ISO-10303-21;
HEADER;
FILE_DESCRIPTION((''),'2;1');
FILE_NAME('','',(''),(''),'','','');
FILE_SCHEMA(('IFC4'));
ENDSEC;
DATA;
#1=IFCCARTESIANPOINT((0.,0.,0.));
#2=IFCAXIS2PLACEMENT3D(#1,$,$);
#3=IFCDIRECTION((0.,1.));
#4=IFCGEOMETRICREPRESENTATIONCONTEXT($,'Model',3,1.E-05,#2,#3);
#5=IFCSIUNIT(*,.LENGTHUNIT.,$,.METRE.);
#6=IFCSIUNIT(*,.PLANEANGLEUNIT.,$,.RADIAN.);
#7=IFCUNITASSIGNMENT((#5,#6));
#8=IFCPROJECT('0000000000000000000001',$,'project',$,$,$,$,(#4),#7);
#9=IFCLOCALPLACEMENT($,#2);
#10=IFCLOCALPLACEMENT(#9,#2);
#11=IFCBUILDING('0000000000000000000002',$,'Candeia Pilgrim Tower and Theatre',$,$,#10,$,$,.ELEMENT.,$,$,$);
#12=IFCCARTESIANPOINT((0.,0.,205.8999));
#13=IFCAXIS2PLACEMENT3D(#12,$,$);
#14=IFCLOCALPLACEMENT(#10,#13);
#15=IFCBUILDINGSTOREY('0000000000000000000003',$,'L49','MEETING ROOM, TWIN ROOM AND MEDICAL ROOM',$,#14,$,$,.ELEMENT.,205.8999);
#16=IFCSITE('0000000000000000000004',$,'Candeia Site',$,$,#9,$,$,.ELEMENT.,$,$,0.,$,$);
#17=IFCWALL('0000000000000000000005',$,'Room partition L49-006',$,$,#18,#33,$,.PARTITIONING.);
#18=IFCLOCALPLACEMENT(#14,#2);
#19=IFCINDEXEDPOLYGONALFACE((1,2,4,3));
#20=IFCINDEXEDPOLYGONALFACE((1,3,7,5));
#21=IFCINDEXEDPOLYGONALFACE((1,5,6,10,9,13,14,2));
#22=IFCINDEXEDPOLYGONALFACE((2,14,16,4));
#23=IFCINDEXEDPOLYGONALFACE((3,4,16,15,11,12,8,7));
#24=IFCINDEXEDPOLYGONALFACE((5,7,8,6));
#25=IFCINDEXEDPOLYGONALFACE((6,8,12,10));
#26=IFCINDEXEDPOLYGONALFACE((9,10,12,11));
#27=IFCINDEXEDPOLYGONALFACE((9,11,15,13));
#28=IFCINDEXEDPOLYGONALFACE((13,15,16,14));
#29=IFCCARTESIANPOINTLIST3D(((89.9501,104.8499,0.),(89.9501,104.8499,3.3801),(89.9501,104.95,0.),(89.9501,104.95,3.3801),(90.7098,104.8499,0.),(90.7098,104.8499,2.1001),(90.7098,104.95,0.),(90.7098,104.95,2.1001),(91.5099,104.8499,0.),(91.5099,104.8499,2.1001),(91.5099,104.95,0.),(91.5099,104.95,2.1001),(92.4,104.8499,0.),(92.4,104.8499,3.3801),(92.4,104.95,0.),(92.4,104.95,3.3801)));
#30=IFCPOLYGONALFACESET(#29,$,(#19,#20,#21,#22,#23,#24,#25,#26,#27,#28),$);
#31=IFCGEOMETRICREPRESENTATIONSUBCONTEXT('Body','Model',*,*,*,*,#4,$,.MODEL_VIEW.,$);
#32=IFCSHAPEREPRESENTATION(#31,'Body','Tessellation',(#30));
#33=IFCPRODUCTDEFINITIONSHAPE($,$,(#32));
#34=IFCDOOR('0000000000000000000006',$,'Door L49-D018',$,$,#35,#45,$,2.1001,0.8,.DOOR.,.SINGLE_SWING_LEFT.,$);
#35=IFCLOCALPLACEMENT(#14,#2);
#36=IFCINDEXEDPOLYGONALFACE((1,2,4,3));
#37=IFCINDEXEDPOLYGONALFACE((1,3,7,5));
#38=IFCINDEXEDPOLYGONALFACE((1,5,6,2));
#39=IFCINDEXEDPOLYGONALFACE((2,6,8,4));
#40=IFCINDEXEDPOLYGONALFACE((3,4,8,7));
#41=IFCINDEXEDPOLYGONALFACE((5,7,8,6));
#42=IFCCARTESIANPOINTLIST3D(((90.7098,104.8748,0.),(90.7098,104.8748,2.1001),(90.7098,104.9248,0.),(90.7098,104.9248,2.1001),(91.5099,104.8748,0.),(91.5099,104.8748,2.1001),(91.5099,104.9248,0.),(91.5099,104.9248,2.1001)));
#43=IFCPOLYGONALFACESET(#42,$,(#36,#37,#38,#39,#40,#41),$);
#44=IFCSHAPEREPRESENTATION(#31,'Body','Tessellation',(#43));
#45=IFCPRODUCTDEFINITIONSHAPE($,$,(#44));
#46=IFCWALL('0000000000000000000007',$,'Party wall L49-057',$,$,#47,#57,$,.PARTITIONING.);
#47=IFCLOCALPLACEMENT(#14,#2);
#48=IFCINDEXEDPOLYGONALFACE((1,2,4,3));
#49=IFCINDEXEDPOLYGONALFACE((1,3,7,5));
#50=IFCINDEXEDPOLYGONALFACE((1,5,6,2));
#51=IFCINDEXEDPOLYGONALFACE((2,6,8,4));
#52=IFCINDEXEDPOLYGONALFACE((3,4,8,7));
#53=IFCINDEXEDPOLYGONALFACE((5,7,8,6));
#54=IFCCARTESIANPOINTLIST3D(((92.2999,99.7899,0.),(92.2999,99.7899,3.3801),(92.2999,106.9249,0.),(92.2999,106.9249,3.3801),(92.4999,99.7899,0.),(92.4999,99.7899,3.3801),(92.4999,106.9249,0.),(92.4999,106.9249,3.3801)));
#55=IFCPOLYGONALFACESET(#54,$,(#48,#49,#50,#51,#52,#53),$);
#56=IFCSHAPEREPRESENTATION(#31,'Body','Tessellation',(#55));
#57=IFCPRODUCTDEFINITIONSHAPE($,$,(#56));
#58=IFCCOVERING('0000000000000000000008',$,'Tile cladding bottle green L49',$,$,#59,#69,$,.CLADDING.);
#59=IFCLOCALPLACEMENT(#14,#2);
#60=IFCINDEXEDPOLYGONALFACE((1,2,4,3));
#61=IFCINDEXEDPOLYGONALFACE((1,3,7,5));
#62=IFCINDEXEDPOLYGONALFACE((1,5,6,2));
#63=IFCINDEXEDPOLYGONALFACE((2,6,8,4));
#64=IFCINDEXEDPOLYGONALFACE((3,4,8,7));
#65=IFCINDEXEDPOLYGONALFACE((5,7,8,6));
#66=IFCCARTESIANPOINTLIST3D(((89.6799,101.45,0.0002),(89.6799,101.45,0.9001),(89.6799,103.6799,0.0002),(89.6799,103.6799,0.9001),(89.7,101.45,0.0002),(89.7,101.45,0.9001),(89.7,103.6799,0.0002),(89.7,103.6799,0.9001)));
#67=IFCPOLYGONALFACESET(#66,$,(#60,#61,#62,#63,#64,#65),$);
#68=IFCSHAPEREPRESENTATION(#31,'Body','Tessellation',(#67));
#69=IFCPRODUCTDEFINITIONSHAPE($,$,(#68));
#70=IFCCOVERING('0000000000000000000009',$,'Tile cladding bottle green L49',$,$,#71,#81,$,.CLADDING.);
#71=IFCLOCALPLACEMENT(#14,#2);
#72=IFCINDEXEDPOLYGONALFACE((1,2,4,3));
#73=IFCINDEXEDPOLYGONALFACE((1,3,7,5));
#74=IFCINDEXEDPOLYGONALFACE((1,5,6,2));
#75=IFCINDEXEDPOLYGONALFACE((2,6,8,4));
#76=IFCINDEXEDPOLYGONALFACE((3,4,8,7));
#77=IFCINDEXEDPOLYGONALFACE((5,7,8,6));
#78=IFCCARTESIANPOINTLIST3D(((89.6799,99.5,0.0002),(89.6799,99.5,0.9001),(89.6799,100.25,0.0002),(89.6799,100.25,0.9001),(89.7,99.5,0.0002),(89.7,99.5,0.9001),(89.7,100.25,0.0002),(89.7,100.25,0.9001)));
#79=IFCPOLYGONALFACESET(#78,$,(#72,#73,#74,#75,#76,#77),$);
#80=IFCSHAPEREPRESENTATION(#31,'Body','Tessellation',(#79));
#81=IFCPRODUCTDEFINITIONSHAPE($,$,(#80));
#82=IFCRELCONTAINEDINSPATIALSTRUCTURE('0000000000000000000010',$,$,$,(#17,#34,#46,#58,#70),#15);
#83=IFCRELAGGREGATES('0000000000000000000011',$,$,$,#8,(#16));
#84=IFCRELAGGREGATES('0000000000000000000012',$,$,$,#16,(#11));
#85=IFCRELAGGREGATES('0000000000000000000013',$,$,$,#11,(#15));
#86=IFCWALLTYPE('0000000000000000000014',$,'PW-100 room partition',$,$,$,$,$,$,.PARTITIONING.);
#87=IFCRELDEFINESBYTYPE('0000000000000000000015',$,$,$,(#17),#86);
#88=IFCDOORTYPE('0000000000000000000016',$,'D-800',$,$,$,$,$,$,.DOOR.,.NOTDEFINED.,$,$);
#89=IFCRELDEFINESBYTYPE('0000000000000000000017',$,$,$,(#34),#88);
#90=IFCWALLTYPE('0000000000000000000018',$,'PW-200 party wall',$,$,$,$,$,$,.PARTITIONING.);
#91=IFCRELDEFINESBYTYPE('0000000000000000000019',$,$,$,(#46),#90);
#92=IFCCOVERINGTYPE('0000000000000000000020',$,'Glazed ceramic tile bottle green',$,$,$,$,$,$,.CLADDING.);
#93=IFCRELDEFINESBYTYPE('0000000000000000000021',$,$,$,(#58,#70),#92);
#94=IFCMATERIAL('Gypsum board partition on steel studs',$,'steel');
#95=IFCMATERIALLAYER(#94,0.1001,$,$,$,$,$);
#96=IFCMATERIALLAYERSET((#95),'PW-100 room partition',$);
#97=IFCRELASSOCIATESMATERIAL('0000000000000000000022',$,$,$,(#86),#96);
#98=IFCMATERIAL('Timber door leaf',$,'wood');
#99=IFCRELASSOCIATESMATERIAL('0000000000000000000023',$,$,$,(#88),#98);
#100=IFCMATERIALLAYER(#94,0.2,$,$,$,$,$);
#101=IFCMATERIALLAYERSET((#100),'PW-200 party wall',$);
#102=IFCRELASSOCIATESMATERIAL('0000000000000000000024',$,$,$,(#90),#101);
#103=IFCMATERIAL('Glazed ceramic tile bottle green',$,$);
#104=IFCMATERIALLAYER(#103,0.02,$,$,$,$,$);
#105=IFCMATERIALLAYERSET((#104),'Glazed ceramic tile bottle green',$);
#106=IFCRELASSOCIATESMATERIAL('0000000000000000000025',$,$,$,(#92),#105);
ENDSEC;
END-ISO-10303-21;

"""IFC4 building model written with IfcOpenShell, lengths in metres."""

from ifc_helpers import new_model, si_unit, direction, frame, frame_2d, origin, origin_2d, place, context, subcontext, project, spatial, rectangle, extrude, material, layer, layer_set, type_object, element, fill, save


model = new_model("IFC4")

# Units and contexts
model_context = context("Model", 3, precision=1e-05, world=origin(), true_north=direction((0.0, 1.0)))
body_context = subcontext(model_context, "Body", "Model", "MODEL_VIEW")
ifc_project = project(units=[si_unit("LENGTHUNIT", "METRE"), si_unit("PLANEANGLEUNIT", "RADIAN")], contexts=[model_context])

# Site, building, storey
site_placement = place(None, origin())
site = spatial("IfcSite", under=ifc_project, at=site_placement, Name="Candeia Site", CompositionType="ELEMENT", RefElevation=0.0)
building_placement = place(site_placement, origin())
building = spatial("IfcBuilding", under=site, at=building_placement, Name="Candeia Pilgrim Tower and Theatre", CompositionType="ELEMENT")
storey_placement = place(building_placement, frame((0.0, 0.0, 205.8999)))
storey = spatial("IfcBuildingStorey", under=building, at=storey_placement, Name="L49", Description="MEETING ROOM, TWIN ROOM AND MEDICAL ROOM", CompositionType="ELEMENT", Elevation=205.8999)

# Wall, opening, door
ifc_material_1 = material(Name="Gypsum board partition on steel studs", Category="steel")
ifc_layer_1 = layer(ifc_material_1, 0.1001)
ifc_layer_set_1 = layer_set([ifc_layer_1], Name="PW-100 room partition")
wall_type_1 = type_object("IfcWallType", Name="PW-100 room partition", PredefinedType="PARTITIONING", material=ifc_layer_set_1)
wall_1_placement = place(storey_placement, frame((89.95, 104.8999, 0.0), z_axis=(0.0, 0.0, 1.0), x_axis=(1.0, 0.0, 0.0)))
wall_1 = element("IfcWall", 1, at=wall_1_placement, inside=storey, type_object=wall_type_1, Name="Room partition L49-006", PredefinedType="PARTITIONING", context=body_context, shape_type="SweptSolid", body=[
    extrude(rectangle(XDim=2.45, YDim=0.1001, at=frame_2d((1.2251, 0.0))), origin(), (0.0, 0.0, 1.0), 3.3801),
])
opening_1_placement = place(wall_1_placement, frame((0.76, 0.0, 0.0)))
opening_1 = element("IfcOpeningElement", 2, at=opening_1_placement, cuts=wall_1, PredefinedType="OPENING", context=body_context, shape_type="SweptSolid", body=[
    extrude(rectangle(XDim=0.8, YDim=2.1001, at=frame_2d((0.3999, 1.05))), frame((0.0, 0.0601, 0.0), z_axis=(0.0, -1.0, 0.0), x_axis=(1.0, 0.0, 0.0)), (0.0, 0.0, 1.0), 0.1201),
])
ifc_material_2 = material(Name="Timber door leaf", Category="wood")
door_type_1 = type_object("IfcDoorType", Name="D-800", OperationType="NOTDEFINED", PredefinedType="DOOR", material=ifc_material_2)
door_1_placement = place(opening_1_placement, origin())
door_1 = element("IfcDoor", 3, at=door_1_placement, inside=storey, type_object=door_type_1, Name="Door L49-D018", OperationType="SINGLE_SWING_LEFT", OverallHeight=2.1001, OverallWidth=0.8, PredefinedType="DOOR", context=body_context, shape_type="SweptSolid", body=[
    extrude(rectangle(XDim=0.8, YDim=2.1001, at=frame_2d((0.3999, 1.05))), frame((0.0, 0.0249, 0.0), z_axis=(0.0, -1.0, 0.0), x_axis=(1.0, 0.0, 0.0)), (0.0, 0.0, 1.0), 0.05),
])
fill(opening_1, door_1)

# Wall
ifc_layer_2 = layer(ifc_material_1, 0.2)
ifc_layer_set_2 = layer_set([ifc_layer_2], Name="PW-200 party wall")
wall_type_2 = type_object("IfcWallType", Name="PW-200 party wall", PredefinedType="PARTITIONING", material=ifc_layer_set_2)
wall_2_placement = place(storey_placement, frame((92.3999, 99.79, 0.0), z_axis=(0.0, 0.0, 1.0), x_axis=(0.0, 1.0, 0.0)))
element("IfcWall", 4, at=wall_2_placement, inside=storey, type_object=wall_type_2, Name="Party wall L49-057", PredefinedType="PARTITIONING", context=body_context, shape_type="SweptSolid", body=[
    extrude(rectangle(XDim=7.135, YDim=0.2, at=frame_2d((3.5674, 0.0))), origin(), (0.0, 0.0, 1.0), 3.3801),
])

# Coverings
ifc_material_3 = material(Name="Glazed ceramic tile bottle green")
ifc_layer_3 = layer(ifc_material_3, 0.02)
ifc_layer_set_3 = layer_set([ifc_layer_3], Name="Glazed ceramic tile bottle green")
covering_type = type_object("IfcCoveringType", Name="Glazed ceramic tile bottle green", PredefinedType="CLADDING", material=ifc_layer_set_3)
covering_1_placement = place(storey_placement, frame((89.6899, 102.5649, 0.0002), z_axis=(0.0, 0.0, 1.0), x_axis=(0.0, -1.0, 0.0)))
element("IfcCovering", 5, at=covering_1_placement, inside=storey, type_object=covering_type, Name="Tile cladding bottle green L49", PredefinedType="CLADDING", context=body_context, shape_type="SweptSolid", body=[
    extrude(rectangle(XDim=2.23, YDim=0.02, at=origin_2d()), origin(), (0.0, 0.0, 1.0), 0.8999),
])
covering_2_placement = place(storey_placement, frame((89.6899, 99.875, 0.0002), z_axis=(0.0, 0.0, 1.0), x_axis=(0.0, -1.0, 0.0)))
element("IfcCovering", 6, at=covering_2_placement, inside=storey, type_object=covering_type, Name="Tile cladding bottle green L49", PredefinedType="CLADDING", context=body_context, shape_type="SweptSolid", body=[
    extrude(rectangle(XDim=0.75, YDim=0.02, at=origin_2d()), origin(), (0.0, 0.0, 1.0), 0.8999),
])

save(model, "model.ifc")
